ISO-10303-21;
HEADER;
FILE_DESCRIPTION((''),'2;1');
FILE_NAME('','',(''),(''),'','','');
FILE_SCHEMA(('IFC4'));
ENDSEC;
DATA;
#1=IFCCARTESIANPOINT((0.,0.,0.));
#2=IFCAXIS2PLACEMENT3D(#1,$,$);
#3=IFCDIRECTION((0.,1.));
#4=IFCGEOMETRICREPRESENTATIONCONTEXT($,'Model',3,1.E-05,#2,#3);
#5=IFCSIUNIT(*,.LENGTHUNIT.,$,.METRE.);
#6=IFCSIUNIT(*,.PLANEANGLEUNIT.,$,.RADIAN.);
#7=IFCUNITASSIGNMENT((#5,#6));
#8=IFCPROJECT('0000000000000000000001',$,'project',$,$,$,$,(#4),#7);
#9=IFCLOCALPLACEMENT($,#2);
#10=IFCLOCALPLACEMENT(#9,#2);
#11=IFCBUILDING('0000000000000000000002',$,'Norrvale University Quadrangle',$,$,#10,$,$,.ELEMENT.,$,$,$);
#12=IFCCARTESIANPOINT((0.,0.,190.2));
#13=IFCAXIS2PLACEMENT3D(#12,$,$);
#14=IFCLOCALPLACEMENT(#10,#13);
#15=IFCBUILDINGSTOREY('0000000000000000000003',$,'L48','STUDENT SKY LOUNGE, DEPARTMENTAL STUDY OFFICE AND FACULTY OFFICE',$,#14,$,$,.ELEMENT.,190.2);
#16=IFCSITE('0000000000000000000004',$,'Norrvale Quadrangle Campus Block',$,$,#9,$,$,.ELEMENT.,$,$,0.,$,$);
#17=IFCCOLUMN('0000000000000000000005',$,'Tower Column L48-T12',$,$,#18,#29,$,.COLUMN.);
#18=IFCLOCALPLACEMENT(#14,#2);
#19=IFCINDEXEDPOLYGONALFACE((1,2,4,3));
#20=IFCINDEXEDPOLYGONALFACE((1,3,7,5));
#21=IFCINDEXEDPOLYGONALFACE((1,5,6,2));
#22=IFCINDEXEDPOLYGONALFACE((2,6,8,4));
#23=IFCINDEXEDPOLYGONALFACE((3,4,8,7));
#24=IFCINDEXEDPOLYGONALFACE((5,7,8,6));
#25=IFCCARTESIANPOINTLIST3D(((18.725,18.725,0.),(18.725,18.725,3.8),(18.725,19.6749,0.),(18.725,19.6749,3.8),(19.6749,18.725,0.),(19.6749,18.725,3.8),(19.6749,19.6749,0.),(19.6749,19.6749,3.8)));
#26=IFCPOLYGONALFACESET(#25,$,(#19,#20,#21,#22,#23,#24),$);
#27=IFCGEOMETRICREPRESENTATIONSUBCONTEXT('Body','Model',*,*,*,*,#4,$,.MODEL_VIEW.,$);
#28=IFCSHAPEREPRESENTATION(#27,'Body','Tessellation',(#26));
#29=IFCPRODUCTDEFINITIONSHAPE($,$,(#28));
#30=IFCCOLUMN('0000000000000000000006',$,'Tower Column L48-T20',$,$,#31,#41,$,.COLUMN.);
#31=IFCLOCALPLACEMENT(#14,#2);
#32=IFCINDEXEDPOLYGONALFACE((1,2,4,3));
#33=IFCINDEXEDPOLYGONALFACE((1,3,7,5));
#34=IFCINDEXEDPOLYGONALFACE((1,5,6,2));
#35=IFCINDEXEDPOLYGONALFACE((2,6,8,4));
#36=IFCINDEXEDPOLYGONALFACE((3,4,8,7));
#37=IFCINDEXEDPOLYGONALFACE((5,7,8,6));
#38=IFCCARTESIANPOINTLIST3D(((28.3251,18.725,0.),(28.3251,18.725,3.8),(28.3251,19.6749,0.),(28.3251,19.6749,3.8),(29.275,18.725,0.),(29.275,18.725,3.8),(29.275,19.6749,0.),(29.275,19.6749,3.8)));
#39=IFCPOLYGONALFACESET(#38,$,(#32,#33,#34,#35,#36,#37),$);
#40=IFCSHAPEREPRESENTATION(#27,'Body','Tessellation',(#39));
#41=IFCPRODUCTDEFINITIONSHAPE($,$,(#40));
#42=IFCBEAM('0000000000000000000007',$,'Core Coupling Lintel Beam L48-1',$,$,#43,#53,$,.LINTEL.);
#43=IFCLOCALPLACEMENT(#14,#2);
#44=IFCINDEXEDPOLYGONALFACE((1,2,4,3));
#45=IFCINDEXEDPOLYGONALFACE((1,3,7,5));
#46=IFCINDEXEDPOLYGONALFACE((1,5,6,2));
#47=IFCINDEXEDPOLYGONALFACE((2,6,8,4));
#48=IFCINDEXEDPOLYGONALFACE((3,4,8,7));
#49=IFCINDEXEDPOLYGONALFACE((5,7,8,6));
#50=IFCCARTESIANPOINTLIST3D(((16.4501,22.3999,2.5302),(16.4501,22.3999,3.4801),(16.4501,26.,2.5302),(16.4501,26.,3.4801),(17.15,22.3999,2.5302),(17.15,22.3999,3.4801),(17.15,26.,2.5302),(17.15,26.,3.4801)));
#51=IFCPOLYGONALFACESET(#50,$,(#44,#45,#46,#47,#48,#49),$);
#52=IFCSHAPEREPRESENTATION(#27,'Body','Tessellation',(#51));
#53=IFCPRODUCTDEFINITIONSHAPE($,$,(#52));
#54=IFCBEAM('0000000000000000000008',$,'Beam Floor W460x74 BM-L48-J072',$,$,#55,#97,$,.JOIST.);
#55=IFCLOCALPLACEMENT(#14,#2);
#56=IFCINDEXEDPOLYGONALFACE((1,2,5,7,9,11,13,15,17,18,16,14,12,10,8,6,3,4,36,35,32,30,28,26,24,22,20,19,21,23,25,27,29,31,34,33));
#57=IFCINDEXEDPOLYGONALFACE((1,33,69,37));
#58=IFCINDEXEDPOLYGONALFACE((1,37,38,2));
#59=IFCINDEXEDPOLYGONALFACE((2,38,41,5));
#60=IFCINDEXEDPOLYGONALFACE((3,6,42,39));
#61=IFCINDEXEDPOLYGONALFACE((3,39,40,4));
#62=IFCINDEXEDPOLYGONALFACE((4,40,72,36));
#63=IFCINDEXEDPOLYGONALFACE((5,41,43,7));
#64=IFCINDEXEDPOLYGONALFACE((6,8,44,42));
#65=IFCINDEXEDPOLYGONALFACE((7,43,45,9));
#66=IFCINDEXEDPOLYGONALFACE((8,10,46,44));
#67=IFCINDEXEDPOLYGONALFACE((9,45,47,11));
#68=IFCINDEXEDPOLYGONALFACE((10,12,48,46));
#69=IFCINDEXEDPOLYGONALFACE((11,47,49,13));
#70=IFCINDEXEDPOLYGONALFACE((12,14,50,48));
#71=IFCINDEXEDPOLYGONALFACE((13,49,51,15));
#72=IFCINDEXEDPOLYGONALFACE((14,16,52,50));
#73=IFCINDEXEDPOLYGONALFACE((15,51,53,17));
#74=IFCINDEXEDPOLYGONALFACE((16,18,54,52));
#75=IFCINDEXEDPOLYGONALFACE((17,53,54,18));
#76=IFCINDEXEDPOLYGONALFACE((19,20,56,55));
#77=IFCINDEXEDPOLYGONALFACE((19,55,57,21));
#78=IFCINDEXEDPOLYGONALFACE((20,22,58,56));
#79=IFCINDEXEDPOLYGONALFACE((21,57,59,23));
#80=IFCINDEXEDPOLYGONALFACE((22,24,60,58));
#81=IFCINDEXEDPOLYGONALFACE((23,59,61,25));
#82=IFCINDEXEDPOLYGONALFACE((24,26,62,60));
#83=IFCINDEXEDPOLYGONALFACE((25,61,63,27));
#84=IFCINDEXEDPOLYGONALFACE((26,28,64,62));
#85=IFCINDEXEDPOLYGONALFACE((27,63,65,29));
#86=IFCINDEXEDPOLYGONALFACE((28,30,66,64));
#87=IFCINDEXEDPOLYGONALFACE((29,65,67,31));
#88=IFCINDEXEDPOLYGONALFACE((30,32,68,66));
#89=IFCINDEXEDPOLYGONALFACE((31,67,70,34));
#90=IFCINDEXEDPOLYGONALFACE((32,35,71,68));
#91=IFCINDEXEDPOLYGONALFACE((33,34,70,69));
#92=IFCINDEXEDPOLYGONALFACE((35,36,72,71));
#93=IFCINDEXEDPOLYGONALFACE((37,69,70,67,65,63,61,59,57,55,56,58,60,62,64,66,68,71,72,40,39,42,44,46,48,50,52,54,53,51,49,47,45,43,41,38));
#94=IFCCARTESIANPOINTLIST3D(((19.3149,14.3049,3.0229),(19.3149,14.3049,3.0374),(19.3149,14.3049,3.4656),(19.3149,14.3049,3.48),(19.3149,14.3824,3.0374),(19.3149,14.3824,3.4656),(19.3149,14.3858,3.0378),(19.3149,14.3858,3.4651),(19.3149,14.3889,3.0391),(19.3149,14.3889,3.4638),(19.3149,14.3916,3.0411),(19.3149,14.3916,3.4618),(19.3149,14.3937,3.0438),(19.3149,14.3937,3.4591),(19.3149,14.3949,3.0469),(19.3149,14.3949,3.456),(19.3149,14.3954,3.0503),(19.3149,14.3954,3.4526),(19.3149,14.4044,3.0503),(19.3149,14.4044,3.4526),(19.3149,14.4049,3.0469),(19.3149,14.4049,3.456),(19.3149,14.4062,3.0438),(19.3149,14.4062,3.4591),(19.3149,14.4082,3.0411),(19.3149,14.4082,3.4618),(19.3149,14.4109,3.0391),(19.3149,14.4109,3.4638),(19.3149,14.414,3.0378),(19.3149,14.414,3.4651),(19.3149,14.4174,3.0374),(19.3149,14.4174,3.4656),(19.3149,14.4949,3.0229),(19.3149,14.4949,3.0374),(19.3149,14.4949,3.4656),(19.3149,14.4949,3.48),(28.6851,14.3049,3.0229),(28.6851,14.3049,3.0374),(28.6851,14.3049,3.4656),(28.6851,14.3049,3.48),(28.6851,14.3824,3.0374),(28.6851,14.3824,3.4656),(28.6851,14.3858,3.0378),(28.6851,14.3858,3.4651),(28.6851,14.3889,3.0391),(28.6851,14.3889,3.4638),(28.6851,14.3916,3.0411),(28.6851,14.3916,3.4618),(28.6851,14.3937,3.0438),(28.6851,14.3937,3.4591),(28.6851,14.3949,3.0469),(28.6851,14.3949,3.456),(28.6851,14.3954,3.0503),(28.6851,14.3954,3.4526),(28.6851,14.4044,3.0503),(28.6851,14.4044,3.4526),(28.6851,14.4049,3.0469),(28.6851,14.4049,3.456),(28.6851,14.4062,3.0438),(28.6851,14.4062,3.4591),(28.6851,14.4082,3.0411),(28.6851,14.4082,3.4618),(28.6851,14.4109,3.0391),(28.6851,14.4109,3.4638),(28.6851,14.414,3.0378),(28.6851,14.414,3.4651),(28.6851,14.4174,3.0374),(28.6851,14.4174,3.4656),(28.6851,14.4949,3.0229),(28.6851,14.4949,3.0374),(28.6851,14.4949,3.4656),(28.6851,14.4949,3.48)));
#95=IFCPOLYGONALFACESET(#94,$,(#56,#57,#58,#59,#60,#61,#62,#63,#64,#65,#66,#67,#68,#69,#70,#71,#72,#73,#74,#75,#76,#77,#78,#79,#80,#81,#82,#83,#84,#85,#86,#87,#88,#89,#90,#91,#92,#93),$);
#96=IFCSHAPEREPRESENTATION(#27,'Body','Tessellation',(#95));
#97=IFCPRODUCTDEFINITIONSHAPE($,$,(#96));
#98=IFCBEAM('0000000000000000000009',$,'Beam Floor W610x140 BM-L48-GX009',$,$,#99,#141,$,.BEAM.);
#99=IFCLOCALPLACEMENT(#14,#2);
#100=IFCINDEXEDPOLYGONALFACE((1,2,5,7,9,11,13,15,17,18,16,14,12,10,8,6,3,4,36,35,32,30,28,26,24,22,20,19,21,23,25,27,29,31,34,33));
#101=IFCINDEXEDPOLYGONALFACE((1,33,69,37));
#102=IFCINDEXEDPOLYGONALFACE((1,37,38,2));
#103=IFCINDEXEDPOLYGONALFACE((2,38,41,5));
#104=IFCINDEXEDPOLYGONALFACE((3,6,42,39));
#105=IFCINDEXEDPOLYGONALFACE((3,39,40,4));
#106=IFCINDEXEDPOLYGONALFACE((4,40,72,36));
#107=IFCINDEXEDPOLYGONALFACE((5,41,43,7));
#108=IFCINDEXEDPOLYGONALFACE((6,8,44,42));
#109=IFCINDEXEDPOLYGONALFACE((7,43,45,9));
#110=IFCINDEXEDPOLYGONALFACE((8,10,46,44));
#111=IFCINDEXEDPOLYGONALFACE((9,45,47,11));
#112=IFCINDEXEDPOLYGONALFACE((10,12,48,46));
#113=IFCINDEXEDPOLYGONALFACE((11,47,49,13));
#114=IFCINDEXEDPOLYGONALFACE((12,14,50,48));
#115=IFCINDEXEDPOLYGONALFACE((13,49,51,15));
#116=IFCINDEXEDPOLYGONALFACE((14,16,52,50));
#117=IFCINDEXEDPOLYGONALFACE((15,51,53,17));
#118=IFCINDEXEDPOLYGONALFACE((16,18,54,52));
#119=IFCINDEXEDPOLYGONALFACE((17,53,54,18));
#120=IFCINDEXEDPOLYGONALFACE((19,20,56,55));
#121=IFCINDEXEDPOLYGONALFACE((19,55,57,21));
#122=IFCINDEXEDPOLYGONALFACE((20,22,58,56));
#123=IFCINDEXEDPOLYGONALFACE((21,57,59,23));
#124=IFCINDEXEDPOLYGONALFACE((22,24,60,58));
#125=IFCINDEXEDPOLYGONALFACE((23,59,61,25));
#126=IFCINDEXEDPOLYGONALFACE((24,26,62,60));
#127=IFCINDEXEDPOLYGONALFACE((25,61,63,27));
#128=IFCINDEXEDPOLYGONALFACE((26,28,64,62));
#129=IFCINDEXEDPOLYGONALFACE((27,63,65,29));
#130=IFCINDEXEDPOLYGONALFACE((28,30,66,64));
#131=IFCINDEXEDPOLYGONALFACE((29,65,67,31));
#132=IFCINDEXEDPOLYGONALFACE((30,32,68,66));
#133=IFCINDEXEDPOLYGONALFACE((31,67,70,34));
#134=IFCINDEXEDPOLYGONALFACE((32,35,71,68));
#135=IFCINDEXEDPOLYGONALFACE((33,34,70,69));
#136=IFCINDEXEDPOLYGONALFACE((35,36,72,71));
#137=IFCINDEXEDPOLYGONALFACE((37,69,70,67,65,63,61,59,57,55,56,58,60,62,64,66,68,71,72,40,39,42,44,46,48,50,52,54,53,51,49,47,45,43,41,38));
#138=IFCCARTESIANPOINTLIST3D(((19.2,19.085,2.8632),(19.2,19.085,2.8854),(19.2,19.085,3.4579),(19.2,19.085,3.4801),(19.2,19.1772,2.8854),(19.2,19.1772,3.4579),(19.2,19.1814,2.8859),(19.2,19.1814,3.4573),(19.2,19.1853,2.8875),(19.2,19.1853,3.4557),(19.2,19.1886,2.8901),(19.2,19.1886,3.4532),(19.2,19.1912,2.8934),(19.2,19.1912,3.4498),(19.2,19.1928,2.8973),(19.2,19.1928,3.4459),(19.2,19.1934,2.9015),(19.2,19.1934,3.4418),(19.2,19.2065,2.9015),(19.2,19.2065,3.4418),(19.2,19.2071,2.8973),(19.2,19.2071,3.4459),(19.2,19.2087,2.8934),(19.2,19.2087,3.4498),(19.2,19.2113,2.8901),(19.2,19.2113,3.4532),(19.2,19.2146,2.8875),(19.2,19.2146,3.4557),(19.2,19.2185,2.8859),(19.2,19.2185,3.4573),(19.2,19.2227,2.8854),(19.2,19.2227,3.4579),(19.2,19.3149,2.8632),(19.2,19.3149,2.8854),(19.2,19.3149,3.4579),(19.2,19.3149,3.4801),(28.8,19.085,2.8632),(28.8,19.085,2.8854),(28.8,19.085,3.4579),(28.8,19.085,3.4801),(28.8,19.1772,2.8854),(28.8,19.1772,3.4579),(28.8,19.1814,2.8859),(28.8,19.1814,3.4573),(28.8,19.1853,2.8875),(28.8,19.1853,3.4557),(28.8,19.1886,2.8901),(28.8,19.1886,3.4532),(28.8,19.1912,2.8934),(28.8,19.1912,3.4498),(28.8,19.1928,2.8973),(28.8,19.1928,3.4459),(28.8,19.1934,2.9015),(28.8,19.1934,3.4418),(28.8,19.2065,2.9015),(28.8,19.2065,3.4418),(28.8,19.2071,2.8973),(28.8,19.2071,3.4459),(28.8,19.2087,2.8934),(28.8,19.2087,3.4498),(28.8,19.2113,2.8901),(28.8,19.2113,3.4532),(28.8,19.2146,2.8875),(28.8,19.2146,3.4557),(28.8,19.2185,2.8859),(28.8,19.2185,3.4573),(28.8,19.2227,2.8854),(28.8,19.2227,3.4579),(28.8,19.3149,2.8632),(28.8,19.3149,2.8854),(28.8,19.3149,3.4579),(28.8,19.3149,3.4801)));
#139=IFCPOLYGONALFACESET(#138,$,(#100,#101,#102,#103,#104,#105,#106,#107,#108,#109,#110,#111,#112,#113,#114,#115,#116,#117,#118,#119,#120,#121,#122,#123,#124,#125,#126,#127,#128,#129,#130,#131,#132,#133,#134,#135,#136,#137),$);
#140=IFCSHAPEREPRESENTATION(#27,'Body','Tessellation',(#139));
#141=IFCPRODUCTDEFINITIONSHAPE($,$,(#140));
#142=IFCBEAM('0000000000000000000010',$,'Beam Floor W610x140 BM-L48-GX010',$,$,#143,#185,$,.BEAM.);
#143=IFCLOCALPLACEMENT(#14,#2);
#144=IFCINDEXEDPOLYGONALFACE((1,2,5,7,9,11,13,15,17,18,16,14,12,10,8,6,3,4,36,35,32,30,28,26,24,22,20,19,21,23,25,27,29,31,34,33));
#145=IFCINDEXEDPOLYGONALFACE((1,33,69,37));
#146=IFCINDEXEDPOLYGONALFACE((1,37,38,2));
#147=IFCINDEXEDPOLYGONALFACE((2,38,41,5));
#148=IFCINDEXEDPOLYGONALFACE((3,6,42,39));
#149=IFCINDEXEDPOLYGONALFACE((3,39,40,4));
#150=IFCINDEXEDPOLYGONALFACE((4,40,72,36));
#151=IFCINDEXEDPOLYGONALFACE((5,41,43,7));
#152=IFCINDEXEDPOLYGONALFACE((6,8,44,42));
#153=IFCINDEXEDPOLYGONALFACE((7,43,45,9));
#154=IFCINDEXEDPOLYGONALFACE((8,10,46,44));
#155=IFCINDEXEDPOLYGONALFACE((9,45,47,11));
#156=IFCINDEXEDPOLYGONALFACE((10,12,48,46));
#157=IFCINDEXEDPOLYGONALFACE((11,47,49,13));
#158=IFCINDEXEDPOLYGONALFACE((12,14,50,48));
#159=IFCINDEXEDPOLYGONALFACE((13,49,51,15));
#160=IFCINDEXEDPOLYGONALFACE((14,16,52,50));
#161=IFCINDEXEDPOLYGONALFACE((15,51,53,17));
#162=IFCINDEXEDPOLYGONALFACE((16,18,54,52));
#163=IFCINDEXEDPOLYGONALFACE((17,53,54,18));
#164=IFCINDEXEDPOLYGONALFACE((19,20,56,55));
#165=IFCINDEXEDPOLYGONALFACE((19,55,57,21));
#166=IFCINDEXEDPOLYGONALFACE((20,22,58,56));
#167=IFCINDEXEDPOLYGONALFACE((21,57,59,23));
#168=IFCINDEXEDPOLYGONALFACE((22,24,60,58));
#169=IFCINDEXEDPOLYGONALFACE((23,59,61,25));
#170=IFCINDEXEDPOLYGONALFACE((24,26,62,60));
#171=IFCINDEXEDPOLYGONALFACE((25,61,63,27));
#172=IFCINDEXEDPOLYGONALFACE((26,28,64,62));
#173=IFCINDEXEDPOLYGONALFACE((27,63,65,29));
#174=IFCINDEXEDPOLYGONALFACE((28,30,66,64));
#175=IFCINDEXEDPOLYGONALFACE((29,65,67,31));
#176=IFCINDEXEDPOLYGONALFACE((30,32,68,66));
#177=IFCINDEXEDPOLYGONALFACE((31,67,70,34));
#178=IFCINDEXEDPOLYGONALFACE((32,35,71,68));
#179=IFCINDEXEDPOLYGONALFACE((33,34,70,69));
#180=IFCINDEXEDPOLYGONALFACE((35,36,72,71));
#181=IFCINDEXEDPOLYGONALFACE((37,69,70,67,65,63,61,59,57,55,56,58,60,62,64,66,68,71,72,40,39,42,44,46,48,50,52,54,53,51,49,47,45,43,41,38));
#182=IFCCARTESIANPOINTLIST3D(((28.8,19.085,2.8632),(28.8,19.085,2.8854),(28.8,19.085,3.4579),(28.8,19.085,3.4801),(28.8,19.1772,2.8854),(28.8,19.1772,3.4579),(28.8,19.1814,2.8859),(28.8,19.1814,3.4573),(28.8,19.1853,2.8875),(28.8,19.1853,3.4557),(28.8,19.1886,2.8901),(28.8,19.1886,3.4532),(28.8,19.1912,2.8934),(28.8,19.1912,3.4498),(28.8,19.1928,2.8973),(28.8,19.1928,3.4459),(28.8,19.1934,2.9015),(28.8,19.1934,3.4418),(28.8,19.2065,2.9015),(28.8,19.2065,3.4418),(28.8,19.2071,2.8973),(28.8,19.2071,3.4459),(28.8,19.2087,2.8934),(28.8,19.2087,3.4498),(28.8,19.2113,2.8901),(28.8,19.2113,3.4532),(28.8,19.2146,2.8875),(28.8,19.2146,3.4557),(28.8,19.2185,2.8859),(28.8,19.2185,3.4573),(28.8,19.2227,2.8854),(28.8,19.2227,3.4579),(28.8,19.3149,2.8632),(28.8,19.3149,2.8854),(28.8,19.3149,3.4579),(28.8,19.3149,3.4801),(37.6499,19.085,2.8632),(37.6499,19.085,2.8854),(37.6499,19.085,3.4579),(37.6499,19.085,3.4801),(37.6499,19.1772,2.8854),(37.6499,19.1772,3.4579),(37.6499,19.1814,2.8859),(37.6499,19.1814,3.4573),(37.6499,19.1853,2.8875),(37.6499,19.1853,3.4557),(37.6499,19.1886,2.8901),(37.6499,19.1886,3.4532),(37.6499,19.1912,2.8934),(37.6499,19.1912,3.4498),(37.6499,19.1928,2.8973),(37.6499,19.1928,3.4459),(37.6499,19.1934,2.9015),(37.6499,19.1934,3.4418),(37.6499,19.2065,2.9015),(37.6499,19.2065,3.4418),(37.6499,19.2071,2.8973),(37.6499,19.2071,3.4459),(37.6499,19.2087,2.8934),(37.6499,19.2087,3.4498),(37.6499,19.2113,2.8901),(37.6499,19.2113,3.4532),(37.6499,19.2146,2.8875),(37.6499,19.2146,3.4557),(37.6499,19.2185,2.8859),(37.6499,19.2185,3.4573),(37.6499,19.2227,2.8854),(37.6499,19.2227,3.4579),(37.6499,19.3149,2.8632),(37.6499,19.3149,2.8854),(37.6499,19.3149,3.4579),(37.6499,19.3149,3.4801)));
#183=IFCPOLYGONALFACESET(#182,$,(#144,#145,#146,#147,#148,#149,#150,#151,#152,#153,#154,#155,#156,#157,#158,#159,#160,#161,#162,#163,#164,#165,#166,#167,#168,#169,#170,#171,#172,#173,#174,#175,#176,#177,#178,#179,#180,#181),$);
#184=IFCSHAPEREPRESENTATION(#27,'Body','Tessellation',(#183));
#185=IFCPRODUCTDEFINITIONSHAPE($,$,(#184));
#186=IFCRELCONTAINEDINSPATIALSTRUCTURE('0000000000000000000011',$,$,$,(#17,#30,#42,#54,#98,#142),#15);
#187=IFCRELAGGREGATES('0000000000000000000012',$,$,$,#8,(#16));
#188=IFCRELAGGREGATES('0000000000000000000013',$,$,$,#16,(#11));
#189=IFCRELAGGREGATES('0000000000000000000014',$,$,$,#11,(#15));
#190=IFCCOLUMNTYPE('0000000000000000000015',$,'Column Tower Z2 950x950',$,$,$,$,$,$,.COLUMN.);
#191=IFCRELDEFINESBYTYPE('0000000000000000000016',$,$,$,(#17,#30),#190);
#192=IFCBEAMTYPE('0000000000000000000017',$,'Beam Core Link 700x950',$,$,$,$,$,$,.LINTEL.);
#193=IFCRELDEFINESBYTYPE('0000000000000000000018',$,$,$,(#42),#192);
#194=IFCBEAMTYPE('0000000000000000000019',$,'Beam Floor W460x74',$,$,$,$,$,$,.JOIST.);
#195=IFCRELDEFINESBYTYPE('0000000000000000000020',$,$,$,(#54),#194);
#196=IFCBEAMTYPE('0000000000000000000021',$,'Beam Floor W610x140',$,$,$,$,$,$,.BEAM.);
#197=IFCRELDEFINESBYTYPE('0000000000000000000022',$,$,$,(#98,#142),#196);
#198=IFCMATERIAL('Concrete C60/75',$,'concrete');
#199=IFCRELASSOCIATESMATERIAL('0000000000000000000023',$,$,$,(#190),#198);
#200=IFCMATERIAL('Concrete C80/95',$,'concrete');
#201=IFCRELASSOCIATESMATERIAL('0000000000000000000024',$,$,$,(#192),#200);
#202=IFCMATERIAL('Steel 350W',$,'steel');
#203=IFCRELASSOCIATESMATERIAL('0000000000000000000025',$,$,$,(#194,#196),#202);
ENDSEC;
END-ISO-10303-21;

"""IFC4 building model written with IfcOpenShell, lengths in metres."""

from ifc_helpers import new_model, si_unit, direction, frame, origin, origin_2d, place, context, subcontext, project, spatial, rectangle, i_section, extrude, material, material_profile, profile_set, type_object, element, save


model = new_model("IFC4")

# Units and contexts
model_context = context("Model", 3, precision=1e-05, world=origin(), true_north=direction((0.0, 1.0)))
body_context = subcontext(model_context, "Body", "Model", "MODEL_VIEW")
ifc_project = project(units=[si_unit("LENGTHUNIT", "METRE"), si_unit("PLANEANGLEUNIT", "RADIAN")], contexts=[model_context])

# Site, building, storey
site_placement = place(None, origin())
site = spatial("IfcSite", under=ifc_project, at=site_placement, Name="Norrvale Quadrangle Campus Block", CompositionType="ELEMENT", RefElevation=0.0)
building_placement = place(site_placement, origin())
building = spatial("IfcBuilding", under=site, at=building_placement, Name="Norrvale University Quadrangle", CompositionType="ELEMENT")
storey_placement = place(building_placement, frame((0.0, 0.0, 190.2)))
storey = spatial("IfcBuildingStorey", under=building, at=storey_placement, Name="L48", Description="STUDENT SKY LOUNGE, DEPARTMENTAL STUDY OFFICE AND FACULTY OFFICE", CompositionType="ELEMENT", Elevation=190.2)

# Columns
ifc_material_1 = material(Name="Concrete C60/75", Category="concrete")
ifc_material_profile_1 = material_profile(ifc_material_1, rectangle(XDim=0.95, YDim=0.95, at=origin_2d()), Name="Concrete C60/75")
ifc_profile_set_1 = profile_set([ifc_material_profile_1], Name="Concrete C60/75")
column_type = type_object("IfcColumnType", Name="Column Tower Z2 950x950", PredefinedType="COLUMN", material=ifc_profile_set_1)
for number, where, z_axis, x_axis, name in (
    (1, (19.2, 19.2, 0.0), (0.0, 0.0, 1.0), (1.0, 0.0, 0.0), "Tower Column L48-T12"),
    (2, (28.8, 19.2, 0.0), (0.0, 0.0, 1.0), (1.0, 0.0, 0.0), "Tower Column L48-T20"),
):
    element("IfcColumn", number, at=place(storey_placement, frame(where, z_axis=z_axis, x_axis=x_axis)), inside=storey, type_object=column_type, Name=name, PredefinedType="COLUMN", context=body_context, shape_type="SweptSolid", body=[
        extrude(rectangle(XDim=0.95, YDim=0.95, at=origin_2d()), origin(), (0.0, 0.0, 1.0), 3.8),
    ])

# Beams
ifc_material_2 = material(Name="Concrete C80/95", Category="concrete")
ifc_material_profile_2 = material_profile(ifc_material_2, rectangle(XDim=0.7, YDim=0.95, at=origin_2d()), Name="Concrete C80/95")
ifc_profile_set_2 = profile_set([ifc_material_profile_2], Name="Concrete C80/95")
beam_type_1 = type_object("IfcBeamType", Name="Beam Core Link 700x950", PredefinedType="LINTEL", material=ifc_profile_set_2)
beam_1_placement = place(storey_placement, frame((16.8, 22.3999, 3.0051), z_axis=(0.0, 1.0, 0.0), x_axis=(-1.0, 0.0, 0.0)))
element("IfcBeam", 3, at=beam_1_placement, inside=storey, type_object=beam_type_1, Name="Core Coupling Lintel Beam L48-1", PredefinedType="LINTEL", context=body_context, shape_type="SweptSolid", body=[
    extrude(rectangle(XDim=0.7, YDim=0.95, at=origin_2d()), origin(), (0.0, 0.0, 1.0), 3.6001),
])
ifc_material_3 = material(Name="Steel 350W", Category="steel")
ifc_material_profile_3 = material_profile(ifc_material_3, i_section(OverallWidth=0.1899, OverallDepth=0.457, WebThickness=0.009, FlangeThickness=0.0144, FilletRadius=0.0129, at=origin_2d()), Name="Steel 350W")
ifc_profile_set_3 = profile_set([ifc_material_profile_3], Name="Steel 350W")
beam_type_2 = type_object("IfcBeamType", Name="Beam Floor W460x74", PredefinedType="JOIST", material=ifc_profile_set_3)
beam_2_placement = place(storey_placement, frame((19.3149, 14.3999, 3.2515), z_axis=(1.0, 0.0, 0.0), x_axis=(0.0, 1.0, 0.0)))
element("IfcBeam", 4, at=beam_2_placement, inside=storey, type_object=beam_type_2, Name="Beam Floor W460x74 BM-L48-J072", PredefinedType="JOIST", context=body_context, shape_type="SweptSolid", body=[
    extrude(i_section(OverallWidth=0.1899, OverallDepth=0.457, WebThickness=0.009, FlangeThickness=0.0144, FilletRadius=0.0129, at=origin_2d()), origin(), (0.0, 0.0, 1.0), 9.3701),
])
ifc_material_profile_4 = material_profile(ifc_material_3, i_section(OverallWidth=0.23, OverallDepth=0.6169, WebThickness=0.0132, FlangeThickness=0.0222, FilletRadius=0.0161, at=origin_2d()), Name="Steel 350W")
ifc_profile_set_4 = profile_set([ifc_material_profile_4], Name="Steel 350W")
beam_type_3 = type_object("IfcBeamType", Name="Beam Floor W610x140", PredefinedType="BEAM", material=ifc_profile_set_4)
beam_3_placement = place(storey_placement, frame((19.2, 19.2, 3.1716), z_axis=(1.0, 0.0, 0.0), x_axis=(0.0, 1.0, 0.0)))
element("IfcBeam", 5, at=beam_3_placement, inside=storey, type_object=beam_type_3, Name="Beam Floor W610x140 BM-L48-GX009", PredefinedType="BEAM", context=body_context, shape_type="SweptSolid", body=[
    extrude(i_section(OverallWidth=0.23, OverallDepth=0.6169, WebThickness=0.0132, FlangeThickness=0.0222, FilletRadius=0.0161, at=origin_2d()), origin(), (0.0, 0.0, 1.0), 9.6001),
])
beam_4_placement = place(storey_placement, frame((28.8, 19.2, 3.1716), z_axis=(1.0, 0.0, 0.0), x_axis=(0.0, 1.0, 0.0)))
element("IfcBeam", 6, at=beam_4_placement, inside=storey, type_object=beam_type_3, Name="Beam Floor W610x140 BM-L48-GX010", PredefinedType="BEAM", context=body_context, shape_type="SweptSolid", body=[
    extrude(i_section(OverallWidth=0.23, OverallDepth=0.6169, WebThickness=0.0132, FlangeThickness=0.0222, FilletRadius=0.0161, at=origin_2d()), origin(), (0.0, 0.0, 1.0), 8.8499),
])

save(model, "model.ifc")
